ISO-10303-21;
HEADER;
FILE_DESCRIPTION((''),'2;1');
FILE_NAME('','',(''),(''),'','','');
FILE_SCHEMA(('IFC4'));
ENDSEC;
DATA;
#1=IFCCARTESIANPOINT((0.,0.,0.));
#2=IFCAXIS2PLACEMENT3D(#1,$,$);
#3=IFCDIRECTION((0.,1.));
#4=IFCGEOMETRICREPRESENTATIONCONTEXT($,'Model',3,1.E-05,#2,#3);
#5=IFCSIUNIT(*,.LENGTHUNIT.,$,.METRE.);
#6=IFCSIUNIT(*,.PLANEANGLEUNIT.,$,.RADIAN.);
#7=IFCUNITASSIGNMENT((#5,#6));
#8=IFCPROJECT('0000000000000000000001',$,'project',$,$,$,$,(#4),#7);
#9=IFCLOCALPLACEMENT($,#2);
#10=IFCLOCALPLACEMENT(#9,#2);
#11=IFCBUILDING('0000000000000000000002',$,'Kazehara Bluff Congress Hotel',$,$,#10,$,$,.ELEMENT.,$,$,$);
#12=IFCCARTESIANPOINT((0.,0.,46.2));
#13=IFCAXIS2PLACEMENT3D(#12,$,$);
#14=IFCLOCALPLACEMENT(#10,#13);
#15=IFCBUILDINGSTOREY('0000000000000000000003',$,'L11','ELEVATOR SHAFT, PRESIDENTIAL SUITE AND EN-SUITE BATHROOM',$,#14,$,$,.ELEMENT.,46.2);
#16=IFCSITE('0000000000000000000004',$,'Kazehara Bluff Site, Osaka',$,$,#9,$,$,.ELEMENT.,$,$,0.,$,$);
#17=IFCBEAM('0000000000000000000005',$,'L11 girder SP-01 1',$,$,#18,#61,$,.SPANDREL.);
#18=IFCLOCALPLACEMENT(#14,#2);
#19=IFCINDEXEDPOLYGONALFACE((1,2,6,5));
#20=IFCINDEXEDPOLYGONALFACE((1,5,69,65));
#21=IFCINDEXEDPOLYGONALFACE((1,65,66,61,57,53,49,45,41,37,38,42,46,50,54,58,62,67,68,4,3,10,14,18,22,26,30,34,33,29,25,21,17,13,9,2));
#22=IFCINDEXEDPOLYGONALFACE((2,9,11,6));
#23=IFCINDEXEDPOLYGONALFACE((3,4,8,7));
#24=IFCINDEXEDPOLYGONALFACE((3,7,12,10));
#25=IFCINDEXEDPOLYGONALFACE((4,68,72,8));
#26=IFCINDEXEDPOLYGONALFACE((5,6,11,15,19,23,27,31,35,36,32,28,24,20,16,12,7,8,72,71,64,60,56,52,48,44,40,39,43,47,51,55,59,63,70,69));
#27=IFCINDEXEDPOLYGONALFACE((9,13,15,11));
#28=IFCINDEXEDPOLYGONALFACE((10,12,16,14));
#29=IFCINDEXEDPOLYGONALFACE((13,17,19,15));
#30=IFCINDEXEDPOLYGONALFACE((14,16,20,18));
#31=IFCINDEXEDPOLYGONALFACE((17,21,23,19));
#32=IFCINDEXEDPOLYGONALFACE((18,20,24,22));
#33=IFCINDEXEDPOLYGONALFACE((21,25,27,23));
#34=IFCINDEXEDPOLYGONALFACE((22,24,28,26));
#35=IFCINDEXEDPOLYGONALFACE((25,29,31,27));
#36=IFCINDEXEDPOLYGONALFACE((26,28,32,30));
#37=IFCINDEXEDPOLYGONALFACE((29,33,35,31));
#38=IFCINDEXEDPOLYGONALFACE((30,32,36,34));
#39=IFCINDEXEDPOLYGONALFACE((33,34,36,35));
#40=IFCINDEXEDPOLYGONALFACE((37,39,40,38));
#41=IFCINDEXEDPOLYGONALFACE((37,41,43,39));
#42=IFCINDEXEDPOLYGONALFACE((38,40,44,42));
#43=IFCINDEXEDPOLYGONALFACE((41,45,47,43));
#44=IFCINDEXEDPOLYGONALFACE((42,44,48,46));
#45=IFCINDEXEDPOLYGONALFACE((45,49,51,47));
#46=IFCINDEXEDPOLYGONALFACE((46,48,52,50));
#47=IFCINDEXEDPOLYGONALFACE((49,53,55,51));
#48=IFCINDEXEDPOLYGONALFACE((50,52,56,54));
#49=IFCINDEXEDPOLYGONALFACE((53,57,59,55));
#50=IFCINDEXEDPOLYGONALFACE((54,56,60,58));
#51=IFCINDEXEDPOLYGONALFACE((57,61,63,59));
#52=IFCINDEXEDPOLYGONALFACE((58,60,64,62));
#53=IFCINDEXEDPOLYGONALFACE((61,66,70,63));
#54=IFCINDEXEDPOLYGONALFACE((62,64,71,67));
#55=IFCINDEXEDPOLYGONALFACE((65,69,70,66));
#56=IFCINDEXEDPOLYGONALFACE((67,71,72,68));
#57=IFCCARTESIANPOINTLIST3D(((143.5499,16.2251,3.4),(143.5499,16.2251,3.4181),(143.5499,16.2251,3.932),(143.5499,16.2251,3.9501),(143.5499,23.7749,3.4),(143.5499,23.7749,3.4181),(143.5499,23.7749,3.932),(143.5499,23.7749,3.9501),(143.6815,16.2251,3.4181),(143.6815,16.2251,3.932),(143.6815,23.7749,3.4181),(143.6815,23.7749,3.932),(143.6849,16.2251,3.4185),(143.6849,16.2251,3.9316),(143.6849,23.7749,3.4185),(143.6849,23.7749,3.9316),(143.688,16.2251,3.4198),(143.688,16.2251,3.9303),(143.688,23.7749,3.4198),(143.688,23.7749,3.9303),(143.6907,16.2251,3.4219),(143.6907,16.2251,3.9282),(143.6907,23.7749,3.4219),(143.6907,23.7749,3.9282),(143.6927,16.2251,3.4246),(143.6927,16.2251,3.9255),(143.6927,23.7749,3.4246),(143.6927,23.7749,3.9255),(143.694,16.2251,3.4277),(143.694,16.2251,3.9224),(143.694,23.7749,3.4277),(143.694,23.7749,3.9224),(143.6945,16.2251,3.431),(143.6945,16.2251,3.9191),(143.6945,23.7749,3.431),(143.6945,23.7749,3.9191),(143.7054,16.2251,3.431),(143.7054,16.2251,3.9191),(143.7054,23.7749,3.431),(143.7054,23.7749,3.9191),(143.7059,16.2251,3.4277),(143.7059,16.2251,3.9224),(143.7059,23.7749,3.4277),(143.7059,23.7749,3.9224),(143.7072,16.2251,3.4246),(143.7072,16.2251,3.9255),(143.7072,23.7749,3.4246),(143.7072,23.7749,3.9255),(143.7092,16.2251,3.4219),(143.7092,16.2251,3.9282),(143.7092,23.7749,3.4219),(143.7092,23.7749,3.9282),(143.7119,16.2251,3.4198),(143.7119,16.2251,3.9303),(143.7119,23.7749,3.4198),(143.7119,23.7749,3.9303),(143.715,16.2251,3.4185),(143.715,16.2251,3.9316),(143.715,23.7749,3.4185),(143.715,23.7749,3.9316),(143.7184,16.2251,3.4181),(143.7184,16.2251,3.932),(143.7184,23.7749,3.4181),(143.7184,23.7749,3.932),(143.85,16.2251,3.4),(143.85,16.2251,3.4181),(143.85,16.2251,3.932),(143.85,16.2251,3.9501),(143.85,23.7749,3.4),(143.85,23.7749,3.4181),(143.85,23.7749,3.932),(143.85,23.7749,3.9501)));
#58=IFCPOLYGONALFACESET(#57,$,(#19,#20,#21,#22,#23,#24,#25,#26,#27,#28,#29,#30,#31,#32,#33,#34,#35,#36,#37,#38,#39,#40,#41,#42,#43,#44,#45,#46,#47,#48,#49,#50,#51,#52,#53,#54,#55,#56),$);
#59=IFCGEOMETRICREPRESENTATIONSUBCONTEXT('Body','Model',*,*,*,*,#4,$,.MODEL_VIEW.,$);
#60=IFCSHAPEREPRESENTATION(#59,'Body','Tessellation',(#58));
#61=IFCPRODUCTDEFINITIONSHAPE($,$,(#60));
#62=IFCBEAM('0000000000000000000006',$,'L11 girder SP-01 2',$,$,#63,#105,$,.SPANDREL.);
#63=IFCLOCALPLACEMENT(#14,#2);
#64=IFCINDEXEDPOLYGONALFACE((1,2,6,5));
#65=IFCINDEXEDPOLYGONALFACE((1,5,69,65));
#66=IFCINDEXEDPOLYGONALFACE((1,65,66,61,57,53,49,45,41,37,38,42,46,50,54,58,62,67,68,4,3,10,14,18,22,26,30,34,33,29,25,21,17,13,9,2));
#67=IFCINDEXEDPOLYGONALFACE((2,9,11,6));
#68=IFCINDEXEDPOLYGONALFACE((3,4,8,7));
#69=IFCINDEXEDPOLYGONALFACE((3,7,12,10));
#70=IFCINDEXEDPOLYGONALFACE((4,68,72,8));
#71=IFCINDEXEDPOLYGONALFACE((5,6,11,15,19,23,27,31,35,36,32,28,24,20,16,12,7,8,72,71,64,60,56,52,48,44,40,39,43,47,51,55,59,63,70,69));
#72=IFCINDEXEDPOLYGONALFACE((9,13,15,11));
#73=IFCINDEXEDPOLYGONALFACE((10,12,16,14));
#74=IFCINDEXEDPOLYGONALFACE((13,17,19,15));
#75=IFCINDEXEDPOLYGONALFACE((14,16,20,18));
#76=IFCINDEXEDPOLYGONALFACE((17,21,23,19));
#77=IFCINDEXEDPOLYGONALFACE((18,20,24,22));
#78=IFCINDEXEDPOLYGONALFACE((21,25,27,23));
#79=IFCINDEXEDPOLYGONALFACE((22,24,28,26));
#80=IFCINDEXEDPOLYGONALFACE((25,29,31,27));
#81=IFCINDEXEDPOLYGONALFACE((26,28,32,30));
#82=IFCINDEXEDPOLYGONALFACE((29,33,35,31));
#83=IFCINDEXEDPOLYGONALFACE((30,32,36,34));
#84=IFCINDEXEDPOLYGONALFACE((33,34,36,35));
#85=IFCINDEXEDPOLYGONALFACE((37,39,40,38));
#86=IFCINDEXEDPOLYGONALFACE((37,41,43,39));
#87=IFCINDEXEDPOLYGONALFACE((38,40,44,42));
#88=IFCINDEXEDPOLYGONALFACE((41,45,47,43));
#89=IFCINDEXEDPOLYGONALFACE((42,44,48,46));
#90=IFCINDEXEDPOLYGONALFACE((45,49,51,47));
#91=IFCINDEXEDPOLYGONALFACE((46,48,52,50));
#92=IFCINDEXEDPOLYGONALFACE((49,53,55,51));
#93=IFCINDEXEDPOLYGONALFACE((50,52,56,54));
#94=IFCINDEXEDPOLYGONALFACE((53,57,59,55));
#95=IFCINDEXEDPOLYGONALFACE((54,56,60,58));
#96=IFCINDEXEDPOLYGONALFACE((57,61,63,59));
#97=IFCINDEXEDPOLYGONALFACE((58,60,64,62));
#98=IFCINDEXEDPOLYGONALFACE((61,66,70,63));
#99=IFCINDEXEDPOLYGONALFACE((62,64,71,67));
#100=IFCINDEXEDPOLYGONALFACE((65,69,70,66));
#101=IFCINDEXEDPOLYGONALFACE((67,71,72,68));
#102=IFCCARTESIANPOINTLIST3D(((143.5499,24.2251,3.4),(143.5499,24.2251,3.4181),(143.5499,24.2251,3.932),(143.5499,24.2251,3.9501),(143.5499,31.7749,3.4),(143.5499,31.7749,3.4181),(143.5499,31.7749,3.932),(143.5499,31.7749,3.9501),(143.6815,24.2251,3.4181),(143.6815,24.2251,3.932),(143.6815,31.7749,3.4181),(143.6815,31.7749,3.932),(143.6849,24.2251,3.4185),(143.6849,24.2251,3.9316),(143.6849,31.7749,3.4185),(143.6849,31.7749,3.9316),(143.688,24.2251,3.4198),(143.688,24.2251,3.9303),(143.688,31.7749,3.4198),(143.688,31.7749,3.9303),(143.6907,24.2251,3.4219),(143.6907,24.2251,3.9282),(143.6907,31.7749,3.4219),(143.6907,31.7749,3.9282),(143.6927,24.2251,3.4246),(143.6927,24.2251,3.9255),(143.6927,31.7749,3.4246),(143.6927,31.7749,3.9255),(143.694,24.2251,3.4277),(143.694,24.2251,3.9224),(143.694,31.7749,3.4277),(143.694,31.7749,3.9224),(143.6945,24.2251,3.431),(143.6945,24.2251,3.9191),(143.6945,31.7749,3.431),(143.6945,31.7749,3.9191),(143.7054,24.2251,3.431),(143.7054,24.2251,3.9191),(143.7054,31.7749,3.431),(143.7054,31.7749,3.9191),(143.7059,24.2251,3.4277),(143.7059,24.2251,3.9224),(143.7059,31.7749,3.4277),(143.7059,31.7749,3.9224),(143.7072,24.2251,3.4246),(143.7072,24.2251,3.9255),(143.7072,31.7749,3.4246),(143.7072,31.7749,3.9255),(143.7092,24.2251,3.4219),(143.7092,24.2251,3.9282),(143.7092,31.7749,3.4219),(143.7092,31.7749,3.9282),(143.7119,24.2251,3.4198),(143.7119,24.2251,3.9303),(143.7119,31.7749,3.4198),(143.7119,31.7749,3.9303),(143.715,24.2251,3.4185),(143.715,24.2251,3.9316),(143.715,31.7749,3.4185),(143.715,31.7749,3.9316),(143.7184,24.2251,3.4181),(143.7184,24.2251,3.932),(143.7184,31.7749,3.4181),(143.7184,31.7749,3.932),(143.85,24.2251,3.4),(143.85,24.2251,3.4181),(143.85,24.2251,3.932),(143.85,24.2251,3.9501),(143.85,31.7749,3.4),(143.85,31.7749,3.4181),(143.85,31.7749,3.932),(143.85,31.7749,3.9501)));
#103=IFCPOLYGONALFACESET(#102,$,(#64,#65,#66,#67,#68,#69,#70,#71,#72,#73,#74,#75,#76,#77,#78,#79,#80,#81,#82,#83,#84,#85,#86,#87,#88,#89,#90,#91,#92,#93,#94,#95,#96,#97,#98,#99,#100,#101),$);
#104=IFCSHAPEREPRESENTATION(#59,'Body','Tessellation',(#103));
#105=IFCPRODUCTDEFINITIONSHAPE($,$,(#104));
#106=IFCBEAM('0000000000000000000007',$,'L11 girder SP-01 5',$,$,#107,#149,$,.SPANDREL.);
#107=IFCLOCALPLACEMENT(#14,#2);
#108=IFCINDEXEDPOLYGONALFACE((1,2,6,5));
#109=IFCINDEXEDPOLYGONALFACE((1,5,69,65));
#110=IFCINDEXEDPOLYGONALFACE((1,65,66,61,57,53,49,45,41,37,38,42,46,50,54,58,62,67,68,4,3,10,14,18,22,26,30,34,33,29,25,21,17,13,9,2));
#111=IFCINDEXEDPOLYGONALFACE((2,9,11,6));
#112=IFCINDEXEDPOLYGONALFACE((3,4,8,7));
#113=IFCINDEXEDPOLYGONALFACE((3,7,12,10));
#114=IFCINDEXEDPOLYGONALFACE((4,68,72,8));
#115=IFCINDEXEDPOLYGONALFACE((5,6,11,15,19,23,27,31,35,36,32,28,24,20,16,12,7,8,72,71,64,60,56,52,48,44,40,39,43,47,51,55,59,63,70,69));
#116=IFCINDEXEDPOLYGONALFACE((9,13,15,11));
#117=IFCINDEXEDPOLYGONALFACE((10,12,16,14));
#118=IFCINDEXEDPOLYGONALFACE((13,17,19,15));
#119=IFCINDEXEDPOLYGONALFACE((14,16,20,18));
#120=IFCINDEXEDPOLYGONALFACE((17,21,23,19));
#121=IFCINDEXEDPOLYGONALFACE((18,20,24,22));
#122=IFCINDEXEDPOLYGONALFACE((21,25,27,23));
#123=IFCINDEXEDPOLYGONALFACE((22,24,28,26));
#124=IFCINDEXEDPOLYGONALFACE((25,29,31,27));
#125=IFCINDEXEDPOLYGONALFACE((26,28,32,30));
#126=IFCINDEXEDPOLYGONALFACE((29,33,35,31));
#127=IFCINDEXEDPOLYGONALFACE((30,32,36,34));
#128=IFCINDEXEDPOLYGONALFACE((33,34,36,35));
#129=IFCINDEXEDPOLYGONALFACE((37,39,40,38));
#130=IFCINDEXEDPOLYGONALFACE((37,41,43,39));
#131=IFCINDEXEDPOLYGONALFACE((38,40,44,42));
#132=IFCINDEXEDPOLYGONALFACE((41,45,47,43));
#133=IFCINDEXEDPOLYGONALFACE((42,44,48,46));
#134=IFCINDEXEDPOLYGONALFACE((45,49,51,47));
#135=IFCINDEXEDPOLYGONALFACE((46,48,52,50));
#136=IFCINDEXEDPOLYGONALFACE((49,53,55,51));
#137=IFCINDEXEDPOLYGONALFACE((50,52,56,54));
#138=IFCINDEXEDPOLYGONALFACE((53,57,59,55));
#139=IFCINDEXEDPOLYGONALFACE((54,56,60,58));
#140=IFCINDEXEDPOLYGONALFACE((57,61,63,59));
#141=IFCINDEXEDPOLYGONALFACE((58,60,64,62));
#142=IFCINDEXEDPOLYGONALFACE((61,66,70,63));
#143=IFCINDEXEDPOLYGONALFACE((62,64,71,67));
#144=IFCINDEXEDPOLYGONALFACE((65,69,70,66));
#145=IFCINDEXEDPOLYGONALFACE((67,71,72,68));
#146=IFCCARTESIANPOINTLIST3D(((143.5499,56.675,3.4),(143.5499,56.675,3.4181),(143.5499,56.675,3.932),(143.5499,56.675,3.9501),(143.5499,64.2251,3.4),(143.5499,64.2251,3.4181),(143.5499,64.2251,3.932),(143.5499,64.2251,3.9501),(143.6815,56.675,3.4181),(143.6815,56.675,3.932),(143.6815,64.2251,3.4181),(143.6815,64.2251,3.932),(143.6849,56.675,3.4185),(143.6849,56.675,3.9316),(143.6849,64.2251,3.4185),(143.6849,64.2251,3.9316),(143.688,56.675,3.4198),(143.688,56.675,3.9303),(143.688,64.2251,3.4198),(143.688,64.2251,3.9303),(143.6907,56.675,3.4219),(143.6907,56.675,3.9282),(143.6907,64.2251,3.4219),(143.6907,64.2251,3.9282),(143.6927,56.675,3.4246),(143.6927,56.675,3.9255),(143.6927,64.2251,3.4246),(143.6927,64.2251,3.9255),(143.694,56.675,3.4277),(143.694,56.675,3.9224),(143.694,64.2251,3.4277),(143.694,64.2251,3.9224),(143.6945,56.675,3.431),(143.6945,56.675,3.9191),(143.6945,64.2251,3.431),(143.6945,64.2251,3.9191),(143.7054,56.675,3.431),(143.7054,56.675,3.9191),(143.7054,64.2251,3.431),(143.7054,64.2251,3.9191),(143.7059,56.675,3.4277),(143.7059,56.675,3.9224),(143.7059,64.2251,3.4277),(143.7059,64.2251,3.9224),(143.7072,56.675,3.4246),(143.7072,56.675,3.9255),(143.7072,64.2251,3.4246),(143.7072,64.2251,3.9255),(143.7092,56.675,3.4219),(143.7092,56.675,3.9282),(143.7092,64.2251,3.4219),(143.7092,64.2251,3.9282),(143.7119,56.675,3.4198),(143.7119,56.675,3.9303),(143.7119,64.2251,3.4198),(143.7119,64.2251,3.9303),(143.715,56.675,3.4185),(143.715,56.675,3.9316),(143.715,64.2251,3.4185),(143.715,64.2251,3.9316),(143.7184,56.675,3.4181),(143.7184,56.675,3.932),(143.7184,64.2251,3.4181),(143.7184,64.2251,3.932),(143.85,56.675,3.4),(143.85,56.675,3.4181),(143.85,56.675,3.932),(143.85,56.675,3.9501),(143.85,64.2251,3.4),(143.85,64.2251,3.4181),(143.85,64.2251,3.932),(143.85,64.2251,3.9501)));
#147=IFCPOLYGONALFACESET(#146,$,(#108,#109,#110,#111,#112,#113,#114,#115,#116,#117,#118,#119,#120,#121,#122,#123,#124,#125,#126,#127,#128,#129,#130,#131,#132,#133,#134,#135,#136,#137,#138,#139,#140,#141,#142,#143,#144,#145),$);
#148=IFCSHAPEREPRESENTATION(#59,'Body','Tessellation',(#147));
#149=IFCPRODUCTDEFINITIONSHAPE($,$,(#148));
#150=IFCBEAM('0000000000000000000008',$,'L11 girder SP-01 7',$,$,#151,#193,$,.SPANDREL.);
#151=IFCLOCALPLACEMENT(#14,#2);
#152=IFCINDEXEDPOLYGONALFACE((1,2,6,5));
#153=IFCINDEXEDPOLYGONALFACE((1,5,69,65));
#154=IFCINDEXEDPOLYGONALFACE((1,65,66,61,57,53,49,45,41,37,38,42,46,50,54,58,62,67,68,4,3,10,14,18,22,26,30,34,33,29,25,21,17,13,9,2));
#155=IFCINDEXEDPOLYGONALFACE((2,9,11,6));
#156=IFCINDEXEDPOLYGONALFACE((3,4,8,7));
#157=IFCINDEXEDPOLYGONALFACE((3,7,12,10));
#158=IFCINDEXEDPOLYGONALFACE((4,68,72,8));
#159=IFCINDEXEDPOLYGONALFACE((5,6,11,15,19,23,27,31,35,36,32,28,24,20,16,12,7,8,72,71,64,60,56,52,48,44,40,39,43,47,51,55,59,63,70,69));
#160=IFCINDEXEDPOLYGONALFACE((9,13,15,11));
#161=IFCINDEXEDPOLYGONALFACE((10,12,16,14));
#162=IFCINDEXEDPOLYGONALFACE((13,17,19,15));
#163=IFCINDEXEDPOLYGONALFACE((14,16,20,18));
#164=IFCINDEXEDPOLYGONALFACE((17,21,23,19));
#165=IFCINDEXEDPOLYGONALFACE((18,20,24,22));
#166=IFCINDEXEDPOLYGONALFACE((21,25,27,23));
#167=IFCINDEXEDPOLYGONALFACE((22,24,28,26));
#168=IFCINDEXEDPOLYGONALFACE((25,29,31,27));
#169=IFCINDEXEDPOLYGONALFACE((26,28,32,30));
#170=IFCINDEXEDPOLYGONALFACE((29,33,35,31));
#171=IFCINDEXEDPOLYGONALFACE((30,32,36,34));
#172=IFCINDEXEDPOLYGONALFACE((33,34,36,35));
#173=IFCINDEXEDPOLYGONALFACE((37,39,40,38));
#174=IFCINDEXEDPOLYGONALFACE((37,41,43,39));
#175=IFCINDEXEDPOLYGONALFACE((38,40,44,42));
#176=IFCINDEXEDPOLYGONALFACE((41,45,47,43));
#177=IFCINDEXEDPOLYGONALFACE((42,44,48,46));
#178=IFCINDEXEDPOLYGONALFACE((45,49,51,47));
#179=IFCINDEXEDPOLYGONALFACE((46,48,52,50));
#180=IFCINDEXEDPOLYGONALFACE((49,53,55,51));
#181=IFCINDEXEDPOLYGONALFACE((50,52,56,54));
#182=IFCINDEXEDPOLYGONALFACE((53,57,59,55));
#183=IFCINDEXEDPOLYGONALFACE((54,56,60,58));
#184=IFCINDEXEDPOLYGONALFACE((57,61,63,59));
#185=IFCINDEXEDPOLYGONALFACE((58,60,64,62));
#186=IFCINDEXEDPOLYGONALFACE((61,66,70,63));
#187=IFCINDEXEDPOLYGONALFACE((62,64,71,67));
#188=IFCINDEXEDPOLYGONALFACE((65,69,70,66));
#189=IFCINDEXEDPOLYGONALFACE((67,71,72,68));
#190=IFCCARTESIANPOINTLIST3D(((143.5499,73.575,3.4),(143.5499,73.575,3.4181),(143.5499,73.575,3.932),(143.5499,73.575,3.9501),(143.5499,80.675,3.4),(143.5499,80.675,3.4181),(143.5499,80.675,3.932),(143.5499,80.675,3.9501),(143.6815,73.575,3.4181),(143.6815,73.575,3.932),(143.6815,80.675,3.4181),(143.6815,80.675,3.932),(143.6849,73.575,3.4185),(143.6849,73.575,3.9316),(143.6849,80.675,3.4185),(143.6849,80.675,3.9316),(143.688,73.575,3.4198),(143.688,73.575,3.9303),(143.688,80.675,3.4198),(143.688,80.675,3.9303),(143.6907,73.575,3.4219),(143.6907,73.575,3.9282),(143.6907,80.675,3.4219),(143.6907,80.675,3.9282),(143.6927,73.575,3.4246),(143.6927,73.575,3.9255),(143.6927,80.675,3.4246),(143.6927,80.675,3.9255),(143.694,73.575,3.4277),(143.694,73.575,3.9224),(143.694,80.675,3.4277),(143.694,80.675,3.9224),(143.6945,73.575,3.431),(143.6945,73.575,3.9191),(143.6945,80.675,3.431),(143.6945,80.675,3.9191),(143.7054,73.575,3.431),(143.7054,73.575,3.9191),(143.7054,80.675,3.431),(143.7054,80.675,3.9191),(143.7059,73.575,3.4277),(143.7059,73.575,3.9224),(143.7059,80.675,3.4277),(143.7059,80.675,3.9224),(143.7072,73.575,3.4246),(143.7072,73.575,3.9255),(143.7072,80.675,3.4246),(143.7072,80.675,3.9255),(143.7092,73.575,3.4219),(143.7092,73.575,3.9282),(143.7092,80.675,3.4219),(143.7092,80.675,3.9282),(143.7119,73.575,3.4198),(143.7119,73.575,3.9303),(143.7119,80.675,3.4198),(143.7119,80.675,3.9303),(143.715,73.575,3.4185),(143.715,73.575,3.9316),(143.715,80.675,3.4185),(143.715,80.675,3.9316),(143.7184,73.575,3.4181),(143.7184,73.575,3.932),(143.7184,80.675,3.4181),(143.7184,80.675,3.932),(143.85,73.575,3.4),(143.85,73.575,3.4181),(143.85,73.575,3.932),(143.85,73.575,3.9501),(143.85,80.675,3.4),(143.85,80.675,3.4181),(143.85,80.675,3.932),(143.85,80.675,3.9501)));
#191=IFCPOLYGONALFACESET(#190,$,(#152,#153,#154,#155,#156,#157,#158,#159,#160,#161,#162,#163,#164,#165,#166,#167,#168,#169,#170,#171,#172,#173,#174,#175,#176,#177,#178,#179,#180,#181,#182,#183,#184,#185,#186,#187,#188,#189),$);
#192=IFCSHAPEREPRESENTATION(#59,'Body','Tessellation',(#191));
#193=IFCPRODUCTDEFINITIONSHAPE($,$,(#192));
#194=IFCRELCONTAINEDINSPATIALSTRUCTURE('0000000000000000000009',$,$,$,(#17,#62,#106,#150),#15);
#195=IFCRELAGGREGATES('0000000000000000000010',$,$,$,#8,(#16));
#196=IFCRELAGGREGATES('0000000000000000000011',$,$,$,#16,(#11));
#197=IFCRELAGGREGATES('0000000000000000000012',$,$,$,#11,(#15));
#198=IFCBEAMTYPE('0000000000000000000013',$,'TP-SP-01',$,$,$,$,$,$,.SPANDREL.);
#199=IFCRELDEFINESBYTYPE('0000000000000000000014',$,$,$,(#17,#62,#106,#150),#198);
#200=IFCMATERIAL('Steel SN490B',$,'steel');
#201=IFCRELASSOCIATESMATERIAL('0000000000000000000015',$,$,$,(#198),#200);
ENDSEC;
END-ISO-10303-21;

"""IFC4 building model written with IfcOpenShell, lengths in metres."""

from ifc_helpers import new_model, si_unit, direction, frame, origin, origin_2d, place, context, subcontext, project, spatial, i_section, extrude, material, material_profile, profile_set, type_object, element, save


model = new_model("IFC4")

# Units and contexts
model_context = context("Model", 3, precision=1e-05, world=origin(), true_north=direction((0.0, 1.0)))
body_context = subcontext(model_context, "Body", "Model", "MODEL_VIEW")
ifc_project = project(units=[si_unit("LENGTHUNIT", "METRE"), si_unit("PLANEANGLEUNIT", "RADIAN")], contexts=[model_context])

# Site, building, storey
site_placement = place(None, origin())
site = spatial("IfcSite", under=ifc_project, at=site_placement, Name="Kazehara Bluff Site, Osaka", CompositionType="ELEMENT", RefElevation=0.0)
building_placement = place(site_placement, origin())
building = spatial("IfcBuilding", under=site, at=building_placement, Name="Kazehara Bluff Congress Hotel", CompositionType="ELEMENT")
storey_placement = place(building_placement, frame((0.0, 0.0, 46.2)))
storey = spatial("IfcBuildingStorey", under=building, at=storey_placement, Name="L11", Description="ELEVATOR SHAFT, PRESIDENTIAL SUITE AND EN-SUITE BATHROOM", CompositionType="ELEMENT", Elevation=46.2)

# Beams
ifc_material_1 = material(Name="Steel SN490B", Category="steel")
ifc_material_profile_1 = material_profile(ifc_material_1, i_section(OverallWidth=0.3, OverallDepth=0.55, WebThickness=0.011, FlangeThickness=0.0181, FilletRadius=0.0129, at=origin_2d()))
ifc_profile_set_1 = profile_set([ifc_material_profile_1], Name="Steel SN490B")
beam_type_1 = type_object("IfcBeamType", Name="TP-SP-01", PredefinedType="SPANDREL", material=ifc_profile_set_1)
for number, where, z_axis, x_axis, name in (
    (1, (143.7, 16.2251, 3.675), (0.0, 1.0, 0.0), (-1.0, 0.0, 0.0), "L11 girder SP-01 1"),
    (2, (143.7, 24.2251, 3.675), (0.0, 1.0, 0.0), (-1.0, 0.0, 0.0), "L11 girder SP-01 2"),
):
    element("IfcBeam", number, at=place(storey_placement, frame(where, z_axis=z_axis, x_axis=x_axis)), inside=storey, type_object=beam_type_1, Name=name, PredefinedType="SPANDREL", context=body_context, shape_type="SweptSolid", body=[
        extrude(i_section(OverallWidth=0.3, OverallDepth=0.55, WebThickness=0.011, FlangeThickness=0.0181, FilletRadius=0.0129, at=origin_2d()), origin(), (0.0, 0.0, 1.0), 7.5498),
    ])
beam_1_placement = place(storey_placement, frame((143.7, 56.675, 3.675), z_axis=(0.0, 1.0, 0.0), x_axis=(-1.0, 0.0, 0.0)))
element("IfcBeam", 3, at=beam_1_placement, inside=storey, type_object=beam_type_1, Name="L11 girder SP-01 5", PredefinedType="SPANDREL", context=body_context, shape_type="SweptSolid", body=[
    extrude(i_section(OverallWidth=0.3, OverallDepth=0.55, WebThickness=0.011, FlangeThickness=0.0181, FilletRadius=0.0129, at=origin_2d()), origin(), (0.0, 0.0, 1.0), 7.55),
])
beam_2_placement = place(storey_placement, frame((143.7, 73.575, 3.675), z_axis=(0.0, 1.0, 0.0), x_axis=(-1.0, 0.0, 0.0)))
element("IfcBeam", 4, at=beam_2_placement, inside=storey, type_object=beam_type_1, Name="L11 girder SP-01 7", PredefinedType="SPANDREL", context=body_context, shape_type="SweptSolid", body=[
    extrude(i_section(OverallWidth=0.3, OverallDepth=0.55, WebThickness=0.011, FlangeThickness=0.0181, FilletRadius=0.0129, at=origin_2d()), origin(), (0.0, 0.0, 1.0), 7.1001),
])

save(model, "model.ifc")
